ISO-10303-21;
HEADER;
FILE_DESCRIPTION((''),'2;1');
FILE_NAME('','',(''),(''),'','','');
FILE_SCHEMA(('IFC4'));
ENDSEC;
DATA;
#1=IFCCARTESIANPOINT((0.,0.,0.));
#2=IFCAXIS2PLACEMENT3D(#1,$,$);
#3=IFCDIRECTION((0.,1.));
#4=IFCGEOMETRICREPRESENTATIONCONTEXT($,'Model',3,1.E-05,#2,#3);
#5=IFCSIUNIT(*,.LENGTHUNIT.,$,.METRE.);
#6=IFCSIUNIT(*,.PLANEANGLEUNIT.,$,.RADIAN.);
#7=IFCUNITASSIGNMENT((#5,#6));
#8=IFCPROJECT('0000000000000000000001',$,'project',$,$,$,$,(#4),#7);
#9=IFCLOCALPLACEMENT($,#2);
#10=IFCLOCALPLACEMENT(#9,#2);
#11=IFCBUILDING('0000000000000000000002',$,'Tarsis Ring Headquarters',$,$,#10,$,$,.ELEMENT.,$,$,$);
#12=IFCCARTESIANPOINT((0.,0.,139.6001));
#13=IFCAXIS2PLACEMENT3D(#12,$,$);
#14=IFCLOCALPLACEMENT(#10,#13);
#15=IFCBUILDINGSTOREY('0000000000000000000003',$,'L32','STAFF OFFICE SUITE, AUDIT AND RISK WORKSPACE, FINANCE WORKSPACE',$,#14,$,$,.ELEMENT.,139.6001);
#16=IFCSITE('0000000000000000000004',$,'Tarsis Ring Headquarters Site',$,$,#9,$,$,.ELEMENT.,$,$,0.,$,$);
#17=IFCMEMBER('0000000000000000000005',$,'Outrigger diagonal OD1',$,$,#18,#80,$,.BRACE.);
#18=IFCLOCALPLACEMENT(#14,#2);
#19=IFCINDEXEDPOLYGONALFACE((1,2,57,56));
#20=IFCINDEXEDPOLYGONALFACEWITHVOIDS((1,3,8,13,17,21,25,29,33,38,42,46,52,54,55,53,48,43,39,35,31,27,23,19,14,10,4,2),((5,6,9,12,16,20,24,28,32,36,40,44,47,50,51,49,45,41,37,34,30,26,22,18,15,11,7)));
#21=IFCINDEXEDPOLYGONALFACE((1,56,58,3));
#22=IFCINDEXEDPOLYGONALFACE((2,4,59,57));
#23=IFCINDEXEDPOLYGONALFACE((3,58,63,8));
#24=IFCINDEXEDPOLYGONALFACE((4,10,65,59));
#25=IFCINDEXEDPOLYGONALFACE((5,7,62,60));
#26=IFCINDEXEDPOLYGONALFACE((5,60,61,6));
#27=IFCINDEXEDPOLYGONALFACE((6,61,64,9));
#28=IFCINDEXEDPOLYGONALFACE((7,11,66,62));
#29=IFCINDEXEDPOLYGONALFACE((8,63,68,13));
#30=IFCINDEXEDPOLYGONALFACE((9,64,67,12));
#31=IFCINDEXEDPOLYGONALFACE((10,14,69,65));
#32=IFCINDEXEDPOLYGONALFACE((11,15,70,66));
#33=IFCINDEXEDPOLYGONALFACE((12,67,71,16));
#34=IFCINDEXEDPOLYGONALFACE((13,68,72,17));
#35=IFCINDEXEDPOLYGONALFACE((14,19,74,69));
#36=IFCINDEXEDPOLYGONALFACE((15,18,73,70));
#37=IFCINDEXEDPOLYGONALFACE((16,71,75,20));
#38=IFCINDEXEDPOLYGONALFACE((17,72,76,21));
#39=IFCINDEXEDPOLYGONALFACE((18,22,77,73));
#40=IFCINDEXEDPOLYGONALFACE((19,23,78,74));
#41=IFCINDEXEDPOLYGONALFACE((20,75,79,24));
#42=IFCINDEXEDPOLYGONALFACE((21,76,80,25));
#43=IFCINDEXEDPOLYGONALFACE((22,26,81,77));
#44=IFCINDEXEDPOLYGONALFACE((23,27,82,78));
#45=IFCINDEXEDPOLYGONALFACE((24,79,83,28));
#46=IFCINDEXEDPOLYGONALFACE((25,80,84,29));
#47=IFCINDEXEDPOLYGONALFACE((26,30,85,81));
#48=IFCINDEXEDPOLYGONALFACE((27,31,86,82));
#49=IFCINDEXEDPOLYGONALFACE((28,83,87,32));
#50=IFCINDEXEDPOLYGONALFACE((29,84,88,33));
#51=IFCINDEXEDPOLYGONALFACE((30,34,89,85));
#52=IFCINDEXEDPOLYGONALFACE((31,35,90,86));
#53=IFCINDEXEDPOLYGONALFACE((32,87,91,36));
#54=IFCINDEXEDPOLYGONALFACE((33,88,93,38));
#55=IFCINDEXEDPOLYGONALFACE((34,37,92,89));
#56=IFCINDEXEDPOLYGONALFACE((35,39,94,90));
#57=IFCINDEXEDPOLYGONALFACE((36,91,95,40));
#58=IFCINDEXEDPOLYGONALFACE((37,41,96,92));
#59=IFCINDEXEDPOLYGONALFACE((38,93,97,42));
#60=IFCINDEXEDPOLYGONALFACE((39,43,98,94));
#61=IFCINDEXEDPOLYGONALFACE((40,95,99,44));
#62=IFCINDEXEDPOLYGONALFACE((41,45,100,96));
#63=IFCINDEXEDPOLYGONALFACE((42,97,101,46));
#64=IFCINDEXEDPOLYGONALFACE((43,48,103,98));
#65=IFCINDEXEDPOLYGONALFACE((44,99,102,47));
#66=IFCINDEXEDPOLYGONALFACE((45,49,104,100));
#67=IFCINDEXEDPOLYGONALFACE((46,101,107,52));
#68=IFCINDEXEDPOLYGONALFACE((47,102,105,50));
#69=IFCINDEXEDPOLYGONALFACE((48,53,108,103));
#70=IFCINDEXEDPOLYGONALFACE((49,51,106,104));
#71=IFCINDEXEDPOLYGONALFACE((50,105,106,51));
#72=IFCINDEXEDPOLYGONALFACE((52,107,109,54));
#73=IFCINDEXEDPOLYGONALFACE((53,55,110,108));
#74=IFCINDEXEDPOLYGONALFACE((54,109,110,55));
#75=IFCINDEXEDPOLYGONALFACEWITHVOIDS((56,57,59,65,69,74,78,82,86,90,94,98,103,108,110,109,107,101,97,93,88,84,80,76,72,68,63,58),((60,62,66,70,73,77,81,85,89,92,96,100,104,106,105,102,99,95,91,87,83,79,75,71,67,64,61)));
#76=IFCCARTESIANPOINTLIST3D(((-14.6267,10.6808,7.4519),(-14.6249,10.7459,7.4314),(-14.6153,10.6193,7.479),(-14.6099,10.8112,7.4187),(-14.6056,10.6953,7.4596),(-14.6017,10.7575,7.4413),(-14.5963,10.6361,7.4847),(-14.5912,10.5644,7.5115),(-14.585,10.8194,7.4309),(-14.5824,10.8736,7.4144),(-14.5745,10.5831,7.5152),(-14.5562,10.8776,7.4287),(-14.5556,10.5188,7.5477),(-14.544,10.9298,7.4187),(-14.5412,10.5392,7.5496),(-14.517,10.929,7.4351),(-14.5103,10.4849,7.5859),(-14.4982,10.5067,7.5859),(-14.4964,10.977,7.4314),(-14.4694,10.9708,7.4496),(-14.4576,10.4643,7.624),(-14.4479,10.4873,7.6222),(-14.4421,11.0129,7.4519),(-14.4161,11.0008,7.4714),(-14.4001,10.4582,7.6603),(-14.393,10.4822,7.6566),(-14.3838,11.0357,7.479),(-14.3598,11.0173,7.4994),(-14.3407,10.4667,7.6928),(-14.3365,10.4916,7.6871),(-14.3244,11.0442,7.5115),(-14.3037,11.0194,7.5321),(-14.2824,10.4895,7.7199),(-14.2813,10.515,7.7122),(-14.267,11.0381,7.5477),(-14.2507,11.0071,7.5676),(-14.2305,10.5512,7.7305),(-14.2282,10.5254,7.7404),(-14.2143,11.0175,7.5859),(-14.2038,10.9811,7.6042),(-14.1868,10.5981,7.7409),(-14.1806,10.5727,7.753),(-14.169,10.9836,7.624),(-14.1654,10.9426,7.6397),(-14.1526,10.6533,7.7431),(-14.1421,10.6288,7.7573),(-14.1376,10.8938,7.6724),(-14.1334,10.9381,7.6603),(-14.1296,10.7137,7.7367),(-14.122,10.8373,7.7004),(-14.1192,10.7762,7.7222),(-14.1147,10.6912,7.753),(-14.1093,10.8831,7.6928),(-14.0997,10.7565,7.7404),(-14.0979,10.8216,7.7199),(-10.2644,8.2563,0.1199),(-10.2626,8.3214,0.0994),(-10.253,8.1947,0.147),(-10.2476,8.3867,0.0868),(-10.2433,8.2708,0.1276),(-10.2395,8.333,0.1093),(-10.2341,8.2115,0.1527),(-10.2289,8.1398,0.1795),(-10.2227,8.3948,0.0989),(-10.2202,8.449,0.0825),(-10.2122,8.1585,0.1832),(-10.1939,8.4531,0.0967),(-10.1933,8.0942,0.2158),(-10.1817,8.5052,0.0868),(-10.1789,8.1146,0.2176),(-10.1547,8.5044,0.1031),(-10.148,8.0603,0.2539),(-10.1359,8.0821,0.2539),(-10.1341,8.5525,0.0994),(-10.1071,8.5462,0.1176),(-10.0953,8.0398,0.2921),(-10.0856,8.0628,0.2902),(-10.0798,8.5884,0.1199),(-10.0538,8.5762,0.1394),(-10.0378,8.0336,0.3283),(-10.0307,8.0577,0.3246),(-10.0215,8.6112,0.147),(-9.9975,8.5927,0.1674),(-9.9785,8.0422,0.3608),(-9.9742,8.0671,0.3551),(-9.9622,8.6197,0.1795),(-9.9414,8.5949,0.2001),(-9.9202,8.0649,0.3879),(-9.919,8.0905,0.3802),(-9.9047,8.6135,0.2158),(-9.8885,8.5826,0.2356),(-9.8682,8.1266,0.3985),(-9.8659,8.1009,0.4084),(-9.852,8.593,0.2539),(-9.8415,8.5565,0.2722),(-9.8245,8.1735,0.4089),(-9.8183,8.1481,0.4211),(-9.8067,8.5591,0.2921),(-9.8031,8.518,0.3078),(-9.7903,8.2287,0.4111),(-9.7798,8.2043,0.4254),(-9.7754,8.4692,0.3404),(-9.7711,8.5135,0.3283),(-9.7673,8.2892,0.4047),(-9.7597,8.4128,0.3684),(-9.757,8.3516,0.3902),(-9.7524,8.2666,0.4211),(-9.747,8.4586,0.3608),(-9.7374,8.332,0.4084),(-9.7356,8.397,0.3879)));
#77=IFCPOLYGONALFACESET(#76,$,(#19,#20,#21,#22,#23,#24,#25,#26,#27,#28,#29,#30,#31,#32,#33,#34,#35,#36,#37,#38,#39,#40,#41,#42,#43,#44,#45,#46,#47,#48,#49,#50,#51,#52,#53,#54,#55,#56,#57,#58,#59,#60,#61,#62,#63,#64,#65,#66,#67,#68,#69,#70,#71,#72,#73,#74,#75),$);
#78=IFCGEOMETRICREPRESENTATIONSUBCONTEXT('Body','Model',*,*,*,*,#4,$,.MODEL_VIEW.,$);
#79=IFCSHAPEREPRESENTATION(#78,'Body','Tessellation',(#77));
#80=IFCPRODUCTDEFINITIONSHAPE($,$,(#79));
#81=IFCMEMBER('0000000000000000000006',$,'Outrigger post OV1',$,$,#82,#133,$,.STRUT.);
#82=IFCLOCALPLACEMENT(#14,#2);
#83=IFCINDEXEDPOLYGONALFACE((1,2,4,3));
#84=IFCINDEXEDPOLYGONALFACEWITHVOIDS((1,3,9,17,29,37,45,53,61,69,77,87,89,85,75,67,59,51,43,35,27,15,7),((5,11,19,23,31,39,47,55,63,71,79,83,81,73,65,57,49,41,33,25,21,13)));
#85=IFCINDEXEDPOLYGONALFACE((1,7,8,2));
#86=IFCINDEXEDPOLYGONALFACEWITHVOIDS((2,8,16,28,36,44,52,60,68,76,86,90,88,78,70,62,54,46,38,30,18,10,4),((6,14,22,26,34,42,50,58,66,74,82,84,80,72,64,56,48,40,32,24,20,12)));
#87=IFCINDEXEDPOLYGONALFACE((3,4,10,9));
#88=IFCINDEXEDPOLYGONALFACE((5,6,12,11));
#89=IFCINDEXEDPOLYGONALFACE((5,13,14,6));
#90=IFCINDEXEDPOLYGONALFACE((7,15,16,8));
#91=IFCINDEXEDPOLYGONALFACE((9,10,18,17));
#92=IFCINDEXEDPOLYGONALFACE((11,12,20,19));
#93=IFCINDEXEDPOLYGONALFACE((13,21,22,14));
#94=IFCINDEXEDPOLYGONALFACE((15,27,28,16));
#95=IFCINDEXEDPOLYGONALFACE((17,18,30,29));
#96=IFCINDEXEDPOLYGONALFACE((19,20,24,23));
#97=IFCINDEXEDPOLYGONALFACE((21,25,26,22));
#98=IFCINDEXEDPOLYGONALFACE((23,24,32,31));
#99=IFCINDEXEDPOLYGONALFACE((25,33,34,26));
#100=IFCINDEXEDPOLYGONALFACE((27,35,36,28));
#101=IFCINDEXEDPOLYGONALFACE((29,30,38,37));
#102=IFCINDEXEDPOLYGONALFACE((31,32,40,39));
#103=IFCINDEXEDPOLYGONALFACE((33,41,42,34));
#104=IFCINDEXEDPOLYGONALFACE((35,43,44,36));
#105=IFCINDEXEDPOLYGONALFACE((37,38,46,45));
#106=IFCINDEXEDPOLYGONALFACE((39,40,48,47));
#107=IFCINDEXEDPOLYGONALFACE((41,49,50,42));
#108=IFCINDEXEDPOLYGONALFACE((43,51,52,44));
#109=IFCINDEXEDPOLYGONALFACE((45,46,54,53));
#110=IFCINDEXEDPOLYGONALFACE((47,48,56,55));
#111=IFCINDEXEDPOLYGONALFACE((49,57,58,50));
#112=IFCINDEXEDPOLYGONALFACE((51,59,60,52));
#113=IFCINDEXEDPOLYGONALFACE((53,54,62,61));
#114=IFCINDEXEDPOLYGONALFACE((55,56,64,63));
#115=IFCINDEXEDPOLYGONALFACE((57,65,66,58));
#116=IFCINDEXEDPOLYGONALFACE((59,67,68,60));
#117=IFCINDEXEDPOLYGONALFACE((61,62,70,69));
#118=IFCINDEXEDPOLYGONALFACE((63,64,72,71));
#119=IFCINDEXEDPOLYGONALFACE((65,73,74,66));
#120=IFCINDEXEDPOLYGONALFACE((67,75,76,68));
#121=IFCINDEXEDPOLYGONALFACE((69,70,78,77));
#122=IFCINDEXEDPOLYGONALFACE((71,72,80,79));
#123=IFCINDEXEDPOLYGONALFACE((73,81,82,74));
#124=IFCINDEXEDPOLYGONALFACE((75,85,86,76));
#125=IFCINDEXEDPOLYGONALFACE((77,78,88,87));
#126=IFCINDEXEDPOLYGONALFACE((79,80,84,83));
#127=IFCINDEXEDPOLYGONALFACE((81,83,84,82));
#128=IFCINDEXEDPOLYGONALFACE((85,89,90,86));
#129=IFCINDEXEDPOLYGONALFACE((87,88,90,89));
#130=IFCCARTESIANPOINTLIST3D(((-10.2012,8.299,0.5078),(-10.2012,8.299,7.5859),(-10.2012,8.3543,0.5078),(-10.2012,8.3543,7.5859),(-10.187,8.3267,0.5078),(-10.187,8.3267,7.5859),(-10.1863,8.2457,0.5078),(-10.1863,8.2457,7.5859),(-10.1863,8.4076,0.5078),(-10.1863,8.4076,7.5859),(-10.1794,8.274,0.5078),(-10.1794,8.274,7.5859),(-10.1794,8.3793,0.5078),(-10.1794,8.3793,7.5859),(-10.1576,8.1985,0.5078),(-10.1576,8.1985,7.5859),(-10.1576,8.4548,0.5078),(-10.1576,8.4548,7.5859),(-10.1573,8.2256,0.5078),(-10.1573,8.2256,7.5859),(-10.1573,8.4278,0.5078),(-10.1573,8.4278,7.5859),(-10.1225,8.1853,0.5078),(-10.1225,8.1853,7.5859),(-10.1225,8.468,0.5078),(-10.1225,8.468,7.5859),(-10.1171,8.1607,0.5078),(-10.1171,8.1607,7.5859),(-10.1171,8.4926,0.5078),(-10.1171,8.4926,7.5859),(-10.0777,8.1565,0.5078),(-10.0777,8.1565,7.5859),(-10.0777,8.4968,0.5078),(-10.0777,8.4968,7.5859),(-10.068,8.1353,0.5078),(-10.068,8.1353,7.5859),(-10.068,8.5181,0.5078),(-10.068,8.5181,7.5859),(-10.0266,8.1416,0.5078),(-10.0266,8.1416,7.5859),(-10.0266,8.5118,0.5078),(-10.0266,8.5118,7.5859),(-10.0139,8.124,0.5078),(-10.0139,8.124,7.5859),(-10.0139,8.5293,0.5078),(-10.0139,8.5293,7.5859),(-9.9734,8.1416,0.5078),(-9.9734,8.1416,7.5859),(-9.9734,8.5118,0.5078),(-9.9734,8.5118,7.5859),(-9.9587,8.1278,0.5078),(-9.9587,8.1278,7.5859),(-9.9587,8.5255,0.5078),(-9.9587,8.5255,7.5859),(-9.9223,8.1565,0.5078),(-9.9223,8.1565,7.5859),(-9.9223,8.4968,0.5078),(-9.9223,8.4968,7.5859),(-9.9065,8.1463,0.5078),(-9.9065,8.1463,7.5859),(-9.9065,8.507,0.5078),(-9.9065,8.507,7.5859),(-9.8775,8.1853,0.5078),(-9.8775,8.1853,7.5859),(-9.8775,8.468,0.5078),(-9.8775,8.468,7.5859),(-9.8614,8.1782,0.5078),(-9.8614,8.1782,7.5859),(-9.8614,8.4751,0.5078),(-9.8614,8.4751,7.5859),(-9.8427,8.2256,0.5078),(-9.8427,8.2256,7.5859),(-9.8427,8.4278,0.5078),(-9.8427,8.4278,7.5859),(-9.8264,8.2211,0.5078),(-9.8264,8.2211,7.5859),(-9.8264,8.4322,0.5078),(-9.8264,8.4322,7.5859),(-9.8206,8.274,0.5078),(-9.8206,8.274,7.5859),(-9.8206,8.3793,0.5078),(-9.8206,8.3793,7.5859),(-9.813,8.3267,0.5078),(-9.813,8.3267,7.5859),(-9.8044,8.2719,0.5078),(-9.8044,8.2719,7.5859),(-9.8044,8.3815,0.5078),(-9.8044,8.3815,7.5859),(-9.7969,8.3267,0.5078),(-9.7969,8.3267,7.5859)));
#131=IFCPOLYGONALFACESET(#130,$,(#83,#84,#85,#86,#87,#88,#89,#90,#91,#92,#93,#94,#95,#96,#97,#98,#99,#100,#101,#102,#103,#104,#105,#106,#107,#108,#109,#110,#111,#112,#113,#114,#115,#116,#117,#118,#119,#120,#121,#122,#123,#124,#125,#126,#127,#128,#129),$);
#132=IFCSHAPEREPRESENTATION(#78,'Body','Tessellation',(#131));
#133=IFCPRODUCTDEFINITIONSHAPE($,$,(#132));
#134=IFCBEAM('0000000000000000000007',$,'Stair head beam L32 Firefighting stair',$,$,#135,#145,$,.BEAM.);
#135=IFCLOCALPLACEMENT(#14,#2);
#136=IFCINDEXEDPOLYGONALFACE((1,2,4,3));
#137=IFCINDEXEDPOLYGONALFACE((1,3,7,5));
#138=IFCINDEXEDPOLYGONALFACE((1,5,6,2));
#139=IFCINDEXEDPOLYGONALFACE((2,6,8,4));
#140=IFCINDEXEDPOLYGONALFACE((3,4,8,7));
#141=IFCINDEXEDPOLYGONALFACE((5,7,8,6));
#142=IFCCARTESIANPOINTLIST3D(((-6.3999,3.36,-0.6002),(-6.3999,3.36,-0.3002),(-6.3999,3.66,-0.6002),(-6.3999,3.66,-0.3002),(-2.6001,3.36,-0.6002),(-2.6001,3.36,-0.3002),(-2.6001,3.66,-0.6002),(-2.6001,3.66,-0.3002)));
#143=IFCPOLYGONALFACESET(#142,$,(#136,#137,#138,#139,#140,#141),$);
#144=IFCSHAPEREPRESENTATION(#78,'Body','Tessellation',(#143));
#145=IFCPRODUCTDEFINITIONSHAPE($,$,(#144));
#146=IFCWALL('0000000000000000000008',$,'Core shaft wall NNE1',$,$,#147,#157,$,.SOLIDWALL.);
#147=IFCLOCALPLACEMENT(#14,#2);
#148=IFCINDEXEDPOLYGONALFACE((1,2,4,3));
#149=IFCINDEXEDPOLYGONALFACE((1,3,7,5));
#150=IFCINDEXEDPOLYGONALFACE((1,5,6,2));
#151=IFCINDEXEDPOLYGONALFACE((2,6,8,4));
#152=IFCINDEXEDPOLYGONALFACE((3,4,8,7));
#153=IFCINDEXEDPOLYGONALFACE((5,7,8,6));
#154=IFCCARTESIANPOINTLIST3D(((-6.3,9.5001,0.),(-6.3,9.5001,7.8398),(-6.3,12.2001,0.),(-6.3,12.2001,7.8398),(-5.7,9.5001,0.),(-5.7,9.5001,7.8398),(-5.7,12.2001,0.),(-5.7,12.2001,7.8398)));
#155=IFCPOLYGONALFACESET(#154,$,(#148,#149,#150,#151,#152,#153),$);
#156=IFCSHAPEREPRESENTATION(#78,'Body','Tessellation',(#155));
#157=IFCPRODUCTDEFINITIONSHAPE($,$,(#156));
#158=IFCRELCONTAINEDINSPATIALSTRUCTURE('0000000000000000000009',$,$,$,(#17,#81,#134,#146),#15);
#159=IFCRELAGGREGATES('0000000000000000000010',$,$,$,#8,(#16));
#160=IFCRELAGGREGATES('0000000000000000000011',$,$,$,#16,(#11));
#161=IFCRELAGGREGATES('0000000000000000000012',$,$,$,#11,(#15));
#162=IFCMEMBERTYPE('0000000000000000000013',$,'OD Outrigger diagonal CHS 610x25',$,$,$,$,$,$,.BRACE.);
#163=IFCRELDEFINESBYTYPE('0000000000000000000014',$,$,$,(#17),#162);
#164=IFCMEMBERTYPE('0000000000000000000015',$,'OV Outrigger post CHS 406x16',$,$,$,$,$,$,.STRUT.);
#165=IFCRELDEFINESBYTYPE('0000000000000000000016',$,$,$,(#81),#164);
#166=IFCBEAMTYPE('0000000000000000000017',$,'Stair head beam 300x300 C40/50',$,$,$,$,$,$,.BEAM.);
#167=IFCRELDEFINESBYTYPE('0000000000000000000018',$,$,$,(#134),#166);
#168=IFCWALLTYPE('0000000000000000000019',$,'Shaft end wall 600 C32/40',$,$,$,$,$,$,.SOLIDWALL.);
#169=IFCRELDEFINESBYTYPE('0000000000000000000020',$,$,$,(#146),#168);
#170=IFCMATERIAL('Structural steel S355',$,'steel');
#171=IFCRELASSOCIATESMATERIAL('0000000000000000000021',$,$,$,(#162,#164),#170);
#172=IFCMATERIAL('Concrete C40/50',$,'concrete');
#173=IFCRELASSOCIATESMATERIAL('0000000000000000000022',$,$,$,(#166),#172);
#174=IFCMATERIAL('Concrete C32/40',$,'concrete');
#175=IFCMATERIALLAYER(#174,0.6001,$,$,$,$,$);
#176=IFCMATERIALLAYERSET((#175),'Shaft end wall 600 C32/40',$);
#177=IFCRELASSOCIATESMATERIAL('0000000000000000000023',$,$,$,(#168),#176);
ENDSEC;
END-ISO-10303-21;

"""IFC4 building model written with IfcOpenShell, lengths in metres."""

from ifc_helpers import new_model, si_unit, direction, frame, frame_2d, origin, origin_2d, place, context, subcontext, project, spatial, rectangle, hollow_circle, extrude, material, layer, layer_set, material_profile, profile_set, type_object, element, save


model = new_model("IFC4")

# Units and contexts
model_context = context("Model", 3, precision=1e-05, world=origin(), true_north=direction((0.0, 1.0)))
body_context = subcontext(model_context, "Body", "Model", "MODEL_VIEW")
ifc_project = project(units=[si_unit("LENGTHUNIT", "METRE"), si_unit("PLANEANGLEUNIT", "RADIAN")], contexts=[model_context])

# Site, building, storey
site_placement = place(None, origin())
site = spatial("IfcSite", under=ifc_project, at=site_placement, Name="Tarsis Ring Headquarters Site", CompositionType="ELEMENT", RefElevation=0.0)
building_placement = place(site_placement, origin())
building = spatial("IfcBuilding", under=site, at=building_placement, Name="Tarsis Ring Headquarters", CompositionType="ELEMENT")
storey_placement = place(building_placement, frame((0.0, 0.0, 139.6001)))
storey = spatial("IfcBuildingStorey", under=building, at=storey_placement, Name="L32", Description="STAFF OFFICE SUITE, AUDIT AND RISK WORKSPACE, FINANCE WORKSPACE", CompositionType="ELEMENT", Elevation=139.6001)

# Shared definitions
ifc_material_1 = material(Name="Structural steel S355", Category="steel")

# Members
ifc_material_profile_1 = material_profile(ifc_material_1, hollow_circle(Radius=0.3047, WallThickness=0.0249, at=origin_2d()), Name="CHS 610x25")
ifc_profile_set_1 = profile_set([ifc_material_profile_1], Name="Structural steel S355")
member_type_1 = type_object("IfcMemberType", Name="OD Outrigger diagonal CHS 610x25", PredefinedType="BRACE", material=ifc_profile_set_1)
member_1_placement = place(storey_placement, frame((-10.0, 8.3267, 0.2539), z_axis=(-0.491836, 0.273361, 0.826663), x_axis=(-0.485805, -0.874067, 0.0)))
element("IfcMember", 1, at=member_1_placement, inside=storey, type_object=member_type_1, Name="Outrigger diagonal OD1", PredefinedType="BRACE", context=body_context, shape_type="SweptSolid", body=[
    extrude(hollow_circle(Radius=0.3047, WallThickness=0.0249, at=origin_2d()), origin(), (0.0, 0.0, 1.0), 8.8694),
])
ifc_material_profile_2 = material_profile(ifc_material_1, hollow_circle(Radius=0.2031, WallThickness=0.0161, at=origin_2d()), Name="CHS 406x16")
ifc_profile_set_2 = profile_set([ifc_material_profile_2], Name="Structural steel S355")
member_type_2 = type_object("IfcMemberType", Name="OV Outrigger post CHS 406x16", PredefinedType="STRUT", material=ifc_profile_set_2)
member_2_placement = place(storey_placement, frame((-10.0, 8.3267, 0.5078), z_axis=(0.0, 0.0, 1.0), x_axis=(1.0, 0.0, 0.0)))
element("IfcMember", 2, at=member_2_placement, inside=storey, type_object=member_type_2, Name="Outrigger post OV1", PredefinedType="STRUT", context=body_context, shape_type="SweptSolid", body=[
    extrude(hollow_circle(Radius=0.2031, WallThickness=0.0161, at=origin_2d()), origin(), (0.0, 0.0, 1.0), 7.0781),
])

# Beam
ifc_material_2 = material(Name="Concrete C40/50", Category="concrete")
ifc_material_profile_3 = material_profile(ifc_material_2, rectangle(XDim=0.3, YDim=0.3, at=origin_2d()), Name="Stair head beam 300x300 C40/50")
ifc_profile_set_3 = profile_set([ifc_material_profile_3], Name="Concrete C40/50")
beam_type_1 = type_object("IfcBeamType", Name="Stair head beam 300x300 C40/50", PredefinedType="BEAM", material=ifc_profile_set_3)
beam_1_placement = place(storey_placement, frame((-6.3999, 3.51, -0.4502), z_axis=(1.0, 0.0, 0.0), x_axis=(0.0, 1.0, 0.0)))
element("IfcBeam", 3, at=beam_1_placement, inside=storey, type_object=beam_type_1, Name="Stair head beam L32 Firefighting stair", PredefinedType="BEAM", context=body_context, shape_type="SweptSolid", body=[
    extrude(rectangle(XDim=0.3, YDim=0.3, at=origin_2d()), origin(), (0.0, 0.0, 1.0), 3.7998),
])

# Wall
ifc_material_3 = material(Name="Concrete C32/40", Category="concrete")
ifc_layer_1 = layer(ifc_material_3, 0.6001)
ifc_layer_set_1 = layer_set([ifc_layer_1], Name="Shaft end wall 600 C32/40")
wall_type_1 = type_object("IfcWallType", Name="Shaft end wall 600 C32/40", PredefinedType="SOLIDWALL", material=ifc_layer_set_1)
wall_1_placement = place(storey_placement, frame((-6.0, 9.5, 0.0), z_axis=(0.0, 0.0, 1.0), x_axis=(0.0, 1.0, 0.0)))
element("IfcWall", 4, at=wall_1_placement, inside=storey, type_object=wall_type_1, Name="Core shaft wall NNE1", PredefinedType="SOLIDWALL", context=body_context, shape_type="SweptSolid", body=[
    extrude(rectangle(XDim=2.7, YDim=0.6001, at=frame_2d((1.3501, 0.0))), origin(), (0.0, 0.0, 1.0), 7.8398),
])

save(model, "model.ifc")
